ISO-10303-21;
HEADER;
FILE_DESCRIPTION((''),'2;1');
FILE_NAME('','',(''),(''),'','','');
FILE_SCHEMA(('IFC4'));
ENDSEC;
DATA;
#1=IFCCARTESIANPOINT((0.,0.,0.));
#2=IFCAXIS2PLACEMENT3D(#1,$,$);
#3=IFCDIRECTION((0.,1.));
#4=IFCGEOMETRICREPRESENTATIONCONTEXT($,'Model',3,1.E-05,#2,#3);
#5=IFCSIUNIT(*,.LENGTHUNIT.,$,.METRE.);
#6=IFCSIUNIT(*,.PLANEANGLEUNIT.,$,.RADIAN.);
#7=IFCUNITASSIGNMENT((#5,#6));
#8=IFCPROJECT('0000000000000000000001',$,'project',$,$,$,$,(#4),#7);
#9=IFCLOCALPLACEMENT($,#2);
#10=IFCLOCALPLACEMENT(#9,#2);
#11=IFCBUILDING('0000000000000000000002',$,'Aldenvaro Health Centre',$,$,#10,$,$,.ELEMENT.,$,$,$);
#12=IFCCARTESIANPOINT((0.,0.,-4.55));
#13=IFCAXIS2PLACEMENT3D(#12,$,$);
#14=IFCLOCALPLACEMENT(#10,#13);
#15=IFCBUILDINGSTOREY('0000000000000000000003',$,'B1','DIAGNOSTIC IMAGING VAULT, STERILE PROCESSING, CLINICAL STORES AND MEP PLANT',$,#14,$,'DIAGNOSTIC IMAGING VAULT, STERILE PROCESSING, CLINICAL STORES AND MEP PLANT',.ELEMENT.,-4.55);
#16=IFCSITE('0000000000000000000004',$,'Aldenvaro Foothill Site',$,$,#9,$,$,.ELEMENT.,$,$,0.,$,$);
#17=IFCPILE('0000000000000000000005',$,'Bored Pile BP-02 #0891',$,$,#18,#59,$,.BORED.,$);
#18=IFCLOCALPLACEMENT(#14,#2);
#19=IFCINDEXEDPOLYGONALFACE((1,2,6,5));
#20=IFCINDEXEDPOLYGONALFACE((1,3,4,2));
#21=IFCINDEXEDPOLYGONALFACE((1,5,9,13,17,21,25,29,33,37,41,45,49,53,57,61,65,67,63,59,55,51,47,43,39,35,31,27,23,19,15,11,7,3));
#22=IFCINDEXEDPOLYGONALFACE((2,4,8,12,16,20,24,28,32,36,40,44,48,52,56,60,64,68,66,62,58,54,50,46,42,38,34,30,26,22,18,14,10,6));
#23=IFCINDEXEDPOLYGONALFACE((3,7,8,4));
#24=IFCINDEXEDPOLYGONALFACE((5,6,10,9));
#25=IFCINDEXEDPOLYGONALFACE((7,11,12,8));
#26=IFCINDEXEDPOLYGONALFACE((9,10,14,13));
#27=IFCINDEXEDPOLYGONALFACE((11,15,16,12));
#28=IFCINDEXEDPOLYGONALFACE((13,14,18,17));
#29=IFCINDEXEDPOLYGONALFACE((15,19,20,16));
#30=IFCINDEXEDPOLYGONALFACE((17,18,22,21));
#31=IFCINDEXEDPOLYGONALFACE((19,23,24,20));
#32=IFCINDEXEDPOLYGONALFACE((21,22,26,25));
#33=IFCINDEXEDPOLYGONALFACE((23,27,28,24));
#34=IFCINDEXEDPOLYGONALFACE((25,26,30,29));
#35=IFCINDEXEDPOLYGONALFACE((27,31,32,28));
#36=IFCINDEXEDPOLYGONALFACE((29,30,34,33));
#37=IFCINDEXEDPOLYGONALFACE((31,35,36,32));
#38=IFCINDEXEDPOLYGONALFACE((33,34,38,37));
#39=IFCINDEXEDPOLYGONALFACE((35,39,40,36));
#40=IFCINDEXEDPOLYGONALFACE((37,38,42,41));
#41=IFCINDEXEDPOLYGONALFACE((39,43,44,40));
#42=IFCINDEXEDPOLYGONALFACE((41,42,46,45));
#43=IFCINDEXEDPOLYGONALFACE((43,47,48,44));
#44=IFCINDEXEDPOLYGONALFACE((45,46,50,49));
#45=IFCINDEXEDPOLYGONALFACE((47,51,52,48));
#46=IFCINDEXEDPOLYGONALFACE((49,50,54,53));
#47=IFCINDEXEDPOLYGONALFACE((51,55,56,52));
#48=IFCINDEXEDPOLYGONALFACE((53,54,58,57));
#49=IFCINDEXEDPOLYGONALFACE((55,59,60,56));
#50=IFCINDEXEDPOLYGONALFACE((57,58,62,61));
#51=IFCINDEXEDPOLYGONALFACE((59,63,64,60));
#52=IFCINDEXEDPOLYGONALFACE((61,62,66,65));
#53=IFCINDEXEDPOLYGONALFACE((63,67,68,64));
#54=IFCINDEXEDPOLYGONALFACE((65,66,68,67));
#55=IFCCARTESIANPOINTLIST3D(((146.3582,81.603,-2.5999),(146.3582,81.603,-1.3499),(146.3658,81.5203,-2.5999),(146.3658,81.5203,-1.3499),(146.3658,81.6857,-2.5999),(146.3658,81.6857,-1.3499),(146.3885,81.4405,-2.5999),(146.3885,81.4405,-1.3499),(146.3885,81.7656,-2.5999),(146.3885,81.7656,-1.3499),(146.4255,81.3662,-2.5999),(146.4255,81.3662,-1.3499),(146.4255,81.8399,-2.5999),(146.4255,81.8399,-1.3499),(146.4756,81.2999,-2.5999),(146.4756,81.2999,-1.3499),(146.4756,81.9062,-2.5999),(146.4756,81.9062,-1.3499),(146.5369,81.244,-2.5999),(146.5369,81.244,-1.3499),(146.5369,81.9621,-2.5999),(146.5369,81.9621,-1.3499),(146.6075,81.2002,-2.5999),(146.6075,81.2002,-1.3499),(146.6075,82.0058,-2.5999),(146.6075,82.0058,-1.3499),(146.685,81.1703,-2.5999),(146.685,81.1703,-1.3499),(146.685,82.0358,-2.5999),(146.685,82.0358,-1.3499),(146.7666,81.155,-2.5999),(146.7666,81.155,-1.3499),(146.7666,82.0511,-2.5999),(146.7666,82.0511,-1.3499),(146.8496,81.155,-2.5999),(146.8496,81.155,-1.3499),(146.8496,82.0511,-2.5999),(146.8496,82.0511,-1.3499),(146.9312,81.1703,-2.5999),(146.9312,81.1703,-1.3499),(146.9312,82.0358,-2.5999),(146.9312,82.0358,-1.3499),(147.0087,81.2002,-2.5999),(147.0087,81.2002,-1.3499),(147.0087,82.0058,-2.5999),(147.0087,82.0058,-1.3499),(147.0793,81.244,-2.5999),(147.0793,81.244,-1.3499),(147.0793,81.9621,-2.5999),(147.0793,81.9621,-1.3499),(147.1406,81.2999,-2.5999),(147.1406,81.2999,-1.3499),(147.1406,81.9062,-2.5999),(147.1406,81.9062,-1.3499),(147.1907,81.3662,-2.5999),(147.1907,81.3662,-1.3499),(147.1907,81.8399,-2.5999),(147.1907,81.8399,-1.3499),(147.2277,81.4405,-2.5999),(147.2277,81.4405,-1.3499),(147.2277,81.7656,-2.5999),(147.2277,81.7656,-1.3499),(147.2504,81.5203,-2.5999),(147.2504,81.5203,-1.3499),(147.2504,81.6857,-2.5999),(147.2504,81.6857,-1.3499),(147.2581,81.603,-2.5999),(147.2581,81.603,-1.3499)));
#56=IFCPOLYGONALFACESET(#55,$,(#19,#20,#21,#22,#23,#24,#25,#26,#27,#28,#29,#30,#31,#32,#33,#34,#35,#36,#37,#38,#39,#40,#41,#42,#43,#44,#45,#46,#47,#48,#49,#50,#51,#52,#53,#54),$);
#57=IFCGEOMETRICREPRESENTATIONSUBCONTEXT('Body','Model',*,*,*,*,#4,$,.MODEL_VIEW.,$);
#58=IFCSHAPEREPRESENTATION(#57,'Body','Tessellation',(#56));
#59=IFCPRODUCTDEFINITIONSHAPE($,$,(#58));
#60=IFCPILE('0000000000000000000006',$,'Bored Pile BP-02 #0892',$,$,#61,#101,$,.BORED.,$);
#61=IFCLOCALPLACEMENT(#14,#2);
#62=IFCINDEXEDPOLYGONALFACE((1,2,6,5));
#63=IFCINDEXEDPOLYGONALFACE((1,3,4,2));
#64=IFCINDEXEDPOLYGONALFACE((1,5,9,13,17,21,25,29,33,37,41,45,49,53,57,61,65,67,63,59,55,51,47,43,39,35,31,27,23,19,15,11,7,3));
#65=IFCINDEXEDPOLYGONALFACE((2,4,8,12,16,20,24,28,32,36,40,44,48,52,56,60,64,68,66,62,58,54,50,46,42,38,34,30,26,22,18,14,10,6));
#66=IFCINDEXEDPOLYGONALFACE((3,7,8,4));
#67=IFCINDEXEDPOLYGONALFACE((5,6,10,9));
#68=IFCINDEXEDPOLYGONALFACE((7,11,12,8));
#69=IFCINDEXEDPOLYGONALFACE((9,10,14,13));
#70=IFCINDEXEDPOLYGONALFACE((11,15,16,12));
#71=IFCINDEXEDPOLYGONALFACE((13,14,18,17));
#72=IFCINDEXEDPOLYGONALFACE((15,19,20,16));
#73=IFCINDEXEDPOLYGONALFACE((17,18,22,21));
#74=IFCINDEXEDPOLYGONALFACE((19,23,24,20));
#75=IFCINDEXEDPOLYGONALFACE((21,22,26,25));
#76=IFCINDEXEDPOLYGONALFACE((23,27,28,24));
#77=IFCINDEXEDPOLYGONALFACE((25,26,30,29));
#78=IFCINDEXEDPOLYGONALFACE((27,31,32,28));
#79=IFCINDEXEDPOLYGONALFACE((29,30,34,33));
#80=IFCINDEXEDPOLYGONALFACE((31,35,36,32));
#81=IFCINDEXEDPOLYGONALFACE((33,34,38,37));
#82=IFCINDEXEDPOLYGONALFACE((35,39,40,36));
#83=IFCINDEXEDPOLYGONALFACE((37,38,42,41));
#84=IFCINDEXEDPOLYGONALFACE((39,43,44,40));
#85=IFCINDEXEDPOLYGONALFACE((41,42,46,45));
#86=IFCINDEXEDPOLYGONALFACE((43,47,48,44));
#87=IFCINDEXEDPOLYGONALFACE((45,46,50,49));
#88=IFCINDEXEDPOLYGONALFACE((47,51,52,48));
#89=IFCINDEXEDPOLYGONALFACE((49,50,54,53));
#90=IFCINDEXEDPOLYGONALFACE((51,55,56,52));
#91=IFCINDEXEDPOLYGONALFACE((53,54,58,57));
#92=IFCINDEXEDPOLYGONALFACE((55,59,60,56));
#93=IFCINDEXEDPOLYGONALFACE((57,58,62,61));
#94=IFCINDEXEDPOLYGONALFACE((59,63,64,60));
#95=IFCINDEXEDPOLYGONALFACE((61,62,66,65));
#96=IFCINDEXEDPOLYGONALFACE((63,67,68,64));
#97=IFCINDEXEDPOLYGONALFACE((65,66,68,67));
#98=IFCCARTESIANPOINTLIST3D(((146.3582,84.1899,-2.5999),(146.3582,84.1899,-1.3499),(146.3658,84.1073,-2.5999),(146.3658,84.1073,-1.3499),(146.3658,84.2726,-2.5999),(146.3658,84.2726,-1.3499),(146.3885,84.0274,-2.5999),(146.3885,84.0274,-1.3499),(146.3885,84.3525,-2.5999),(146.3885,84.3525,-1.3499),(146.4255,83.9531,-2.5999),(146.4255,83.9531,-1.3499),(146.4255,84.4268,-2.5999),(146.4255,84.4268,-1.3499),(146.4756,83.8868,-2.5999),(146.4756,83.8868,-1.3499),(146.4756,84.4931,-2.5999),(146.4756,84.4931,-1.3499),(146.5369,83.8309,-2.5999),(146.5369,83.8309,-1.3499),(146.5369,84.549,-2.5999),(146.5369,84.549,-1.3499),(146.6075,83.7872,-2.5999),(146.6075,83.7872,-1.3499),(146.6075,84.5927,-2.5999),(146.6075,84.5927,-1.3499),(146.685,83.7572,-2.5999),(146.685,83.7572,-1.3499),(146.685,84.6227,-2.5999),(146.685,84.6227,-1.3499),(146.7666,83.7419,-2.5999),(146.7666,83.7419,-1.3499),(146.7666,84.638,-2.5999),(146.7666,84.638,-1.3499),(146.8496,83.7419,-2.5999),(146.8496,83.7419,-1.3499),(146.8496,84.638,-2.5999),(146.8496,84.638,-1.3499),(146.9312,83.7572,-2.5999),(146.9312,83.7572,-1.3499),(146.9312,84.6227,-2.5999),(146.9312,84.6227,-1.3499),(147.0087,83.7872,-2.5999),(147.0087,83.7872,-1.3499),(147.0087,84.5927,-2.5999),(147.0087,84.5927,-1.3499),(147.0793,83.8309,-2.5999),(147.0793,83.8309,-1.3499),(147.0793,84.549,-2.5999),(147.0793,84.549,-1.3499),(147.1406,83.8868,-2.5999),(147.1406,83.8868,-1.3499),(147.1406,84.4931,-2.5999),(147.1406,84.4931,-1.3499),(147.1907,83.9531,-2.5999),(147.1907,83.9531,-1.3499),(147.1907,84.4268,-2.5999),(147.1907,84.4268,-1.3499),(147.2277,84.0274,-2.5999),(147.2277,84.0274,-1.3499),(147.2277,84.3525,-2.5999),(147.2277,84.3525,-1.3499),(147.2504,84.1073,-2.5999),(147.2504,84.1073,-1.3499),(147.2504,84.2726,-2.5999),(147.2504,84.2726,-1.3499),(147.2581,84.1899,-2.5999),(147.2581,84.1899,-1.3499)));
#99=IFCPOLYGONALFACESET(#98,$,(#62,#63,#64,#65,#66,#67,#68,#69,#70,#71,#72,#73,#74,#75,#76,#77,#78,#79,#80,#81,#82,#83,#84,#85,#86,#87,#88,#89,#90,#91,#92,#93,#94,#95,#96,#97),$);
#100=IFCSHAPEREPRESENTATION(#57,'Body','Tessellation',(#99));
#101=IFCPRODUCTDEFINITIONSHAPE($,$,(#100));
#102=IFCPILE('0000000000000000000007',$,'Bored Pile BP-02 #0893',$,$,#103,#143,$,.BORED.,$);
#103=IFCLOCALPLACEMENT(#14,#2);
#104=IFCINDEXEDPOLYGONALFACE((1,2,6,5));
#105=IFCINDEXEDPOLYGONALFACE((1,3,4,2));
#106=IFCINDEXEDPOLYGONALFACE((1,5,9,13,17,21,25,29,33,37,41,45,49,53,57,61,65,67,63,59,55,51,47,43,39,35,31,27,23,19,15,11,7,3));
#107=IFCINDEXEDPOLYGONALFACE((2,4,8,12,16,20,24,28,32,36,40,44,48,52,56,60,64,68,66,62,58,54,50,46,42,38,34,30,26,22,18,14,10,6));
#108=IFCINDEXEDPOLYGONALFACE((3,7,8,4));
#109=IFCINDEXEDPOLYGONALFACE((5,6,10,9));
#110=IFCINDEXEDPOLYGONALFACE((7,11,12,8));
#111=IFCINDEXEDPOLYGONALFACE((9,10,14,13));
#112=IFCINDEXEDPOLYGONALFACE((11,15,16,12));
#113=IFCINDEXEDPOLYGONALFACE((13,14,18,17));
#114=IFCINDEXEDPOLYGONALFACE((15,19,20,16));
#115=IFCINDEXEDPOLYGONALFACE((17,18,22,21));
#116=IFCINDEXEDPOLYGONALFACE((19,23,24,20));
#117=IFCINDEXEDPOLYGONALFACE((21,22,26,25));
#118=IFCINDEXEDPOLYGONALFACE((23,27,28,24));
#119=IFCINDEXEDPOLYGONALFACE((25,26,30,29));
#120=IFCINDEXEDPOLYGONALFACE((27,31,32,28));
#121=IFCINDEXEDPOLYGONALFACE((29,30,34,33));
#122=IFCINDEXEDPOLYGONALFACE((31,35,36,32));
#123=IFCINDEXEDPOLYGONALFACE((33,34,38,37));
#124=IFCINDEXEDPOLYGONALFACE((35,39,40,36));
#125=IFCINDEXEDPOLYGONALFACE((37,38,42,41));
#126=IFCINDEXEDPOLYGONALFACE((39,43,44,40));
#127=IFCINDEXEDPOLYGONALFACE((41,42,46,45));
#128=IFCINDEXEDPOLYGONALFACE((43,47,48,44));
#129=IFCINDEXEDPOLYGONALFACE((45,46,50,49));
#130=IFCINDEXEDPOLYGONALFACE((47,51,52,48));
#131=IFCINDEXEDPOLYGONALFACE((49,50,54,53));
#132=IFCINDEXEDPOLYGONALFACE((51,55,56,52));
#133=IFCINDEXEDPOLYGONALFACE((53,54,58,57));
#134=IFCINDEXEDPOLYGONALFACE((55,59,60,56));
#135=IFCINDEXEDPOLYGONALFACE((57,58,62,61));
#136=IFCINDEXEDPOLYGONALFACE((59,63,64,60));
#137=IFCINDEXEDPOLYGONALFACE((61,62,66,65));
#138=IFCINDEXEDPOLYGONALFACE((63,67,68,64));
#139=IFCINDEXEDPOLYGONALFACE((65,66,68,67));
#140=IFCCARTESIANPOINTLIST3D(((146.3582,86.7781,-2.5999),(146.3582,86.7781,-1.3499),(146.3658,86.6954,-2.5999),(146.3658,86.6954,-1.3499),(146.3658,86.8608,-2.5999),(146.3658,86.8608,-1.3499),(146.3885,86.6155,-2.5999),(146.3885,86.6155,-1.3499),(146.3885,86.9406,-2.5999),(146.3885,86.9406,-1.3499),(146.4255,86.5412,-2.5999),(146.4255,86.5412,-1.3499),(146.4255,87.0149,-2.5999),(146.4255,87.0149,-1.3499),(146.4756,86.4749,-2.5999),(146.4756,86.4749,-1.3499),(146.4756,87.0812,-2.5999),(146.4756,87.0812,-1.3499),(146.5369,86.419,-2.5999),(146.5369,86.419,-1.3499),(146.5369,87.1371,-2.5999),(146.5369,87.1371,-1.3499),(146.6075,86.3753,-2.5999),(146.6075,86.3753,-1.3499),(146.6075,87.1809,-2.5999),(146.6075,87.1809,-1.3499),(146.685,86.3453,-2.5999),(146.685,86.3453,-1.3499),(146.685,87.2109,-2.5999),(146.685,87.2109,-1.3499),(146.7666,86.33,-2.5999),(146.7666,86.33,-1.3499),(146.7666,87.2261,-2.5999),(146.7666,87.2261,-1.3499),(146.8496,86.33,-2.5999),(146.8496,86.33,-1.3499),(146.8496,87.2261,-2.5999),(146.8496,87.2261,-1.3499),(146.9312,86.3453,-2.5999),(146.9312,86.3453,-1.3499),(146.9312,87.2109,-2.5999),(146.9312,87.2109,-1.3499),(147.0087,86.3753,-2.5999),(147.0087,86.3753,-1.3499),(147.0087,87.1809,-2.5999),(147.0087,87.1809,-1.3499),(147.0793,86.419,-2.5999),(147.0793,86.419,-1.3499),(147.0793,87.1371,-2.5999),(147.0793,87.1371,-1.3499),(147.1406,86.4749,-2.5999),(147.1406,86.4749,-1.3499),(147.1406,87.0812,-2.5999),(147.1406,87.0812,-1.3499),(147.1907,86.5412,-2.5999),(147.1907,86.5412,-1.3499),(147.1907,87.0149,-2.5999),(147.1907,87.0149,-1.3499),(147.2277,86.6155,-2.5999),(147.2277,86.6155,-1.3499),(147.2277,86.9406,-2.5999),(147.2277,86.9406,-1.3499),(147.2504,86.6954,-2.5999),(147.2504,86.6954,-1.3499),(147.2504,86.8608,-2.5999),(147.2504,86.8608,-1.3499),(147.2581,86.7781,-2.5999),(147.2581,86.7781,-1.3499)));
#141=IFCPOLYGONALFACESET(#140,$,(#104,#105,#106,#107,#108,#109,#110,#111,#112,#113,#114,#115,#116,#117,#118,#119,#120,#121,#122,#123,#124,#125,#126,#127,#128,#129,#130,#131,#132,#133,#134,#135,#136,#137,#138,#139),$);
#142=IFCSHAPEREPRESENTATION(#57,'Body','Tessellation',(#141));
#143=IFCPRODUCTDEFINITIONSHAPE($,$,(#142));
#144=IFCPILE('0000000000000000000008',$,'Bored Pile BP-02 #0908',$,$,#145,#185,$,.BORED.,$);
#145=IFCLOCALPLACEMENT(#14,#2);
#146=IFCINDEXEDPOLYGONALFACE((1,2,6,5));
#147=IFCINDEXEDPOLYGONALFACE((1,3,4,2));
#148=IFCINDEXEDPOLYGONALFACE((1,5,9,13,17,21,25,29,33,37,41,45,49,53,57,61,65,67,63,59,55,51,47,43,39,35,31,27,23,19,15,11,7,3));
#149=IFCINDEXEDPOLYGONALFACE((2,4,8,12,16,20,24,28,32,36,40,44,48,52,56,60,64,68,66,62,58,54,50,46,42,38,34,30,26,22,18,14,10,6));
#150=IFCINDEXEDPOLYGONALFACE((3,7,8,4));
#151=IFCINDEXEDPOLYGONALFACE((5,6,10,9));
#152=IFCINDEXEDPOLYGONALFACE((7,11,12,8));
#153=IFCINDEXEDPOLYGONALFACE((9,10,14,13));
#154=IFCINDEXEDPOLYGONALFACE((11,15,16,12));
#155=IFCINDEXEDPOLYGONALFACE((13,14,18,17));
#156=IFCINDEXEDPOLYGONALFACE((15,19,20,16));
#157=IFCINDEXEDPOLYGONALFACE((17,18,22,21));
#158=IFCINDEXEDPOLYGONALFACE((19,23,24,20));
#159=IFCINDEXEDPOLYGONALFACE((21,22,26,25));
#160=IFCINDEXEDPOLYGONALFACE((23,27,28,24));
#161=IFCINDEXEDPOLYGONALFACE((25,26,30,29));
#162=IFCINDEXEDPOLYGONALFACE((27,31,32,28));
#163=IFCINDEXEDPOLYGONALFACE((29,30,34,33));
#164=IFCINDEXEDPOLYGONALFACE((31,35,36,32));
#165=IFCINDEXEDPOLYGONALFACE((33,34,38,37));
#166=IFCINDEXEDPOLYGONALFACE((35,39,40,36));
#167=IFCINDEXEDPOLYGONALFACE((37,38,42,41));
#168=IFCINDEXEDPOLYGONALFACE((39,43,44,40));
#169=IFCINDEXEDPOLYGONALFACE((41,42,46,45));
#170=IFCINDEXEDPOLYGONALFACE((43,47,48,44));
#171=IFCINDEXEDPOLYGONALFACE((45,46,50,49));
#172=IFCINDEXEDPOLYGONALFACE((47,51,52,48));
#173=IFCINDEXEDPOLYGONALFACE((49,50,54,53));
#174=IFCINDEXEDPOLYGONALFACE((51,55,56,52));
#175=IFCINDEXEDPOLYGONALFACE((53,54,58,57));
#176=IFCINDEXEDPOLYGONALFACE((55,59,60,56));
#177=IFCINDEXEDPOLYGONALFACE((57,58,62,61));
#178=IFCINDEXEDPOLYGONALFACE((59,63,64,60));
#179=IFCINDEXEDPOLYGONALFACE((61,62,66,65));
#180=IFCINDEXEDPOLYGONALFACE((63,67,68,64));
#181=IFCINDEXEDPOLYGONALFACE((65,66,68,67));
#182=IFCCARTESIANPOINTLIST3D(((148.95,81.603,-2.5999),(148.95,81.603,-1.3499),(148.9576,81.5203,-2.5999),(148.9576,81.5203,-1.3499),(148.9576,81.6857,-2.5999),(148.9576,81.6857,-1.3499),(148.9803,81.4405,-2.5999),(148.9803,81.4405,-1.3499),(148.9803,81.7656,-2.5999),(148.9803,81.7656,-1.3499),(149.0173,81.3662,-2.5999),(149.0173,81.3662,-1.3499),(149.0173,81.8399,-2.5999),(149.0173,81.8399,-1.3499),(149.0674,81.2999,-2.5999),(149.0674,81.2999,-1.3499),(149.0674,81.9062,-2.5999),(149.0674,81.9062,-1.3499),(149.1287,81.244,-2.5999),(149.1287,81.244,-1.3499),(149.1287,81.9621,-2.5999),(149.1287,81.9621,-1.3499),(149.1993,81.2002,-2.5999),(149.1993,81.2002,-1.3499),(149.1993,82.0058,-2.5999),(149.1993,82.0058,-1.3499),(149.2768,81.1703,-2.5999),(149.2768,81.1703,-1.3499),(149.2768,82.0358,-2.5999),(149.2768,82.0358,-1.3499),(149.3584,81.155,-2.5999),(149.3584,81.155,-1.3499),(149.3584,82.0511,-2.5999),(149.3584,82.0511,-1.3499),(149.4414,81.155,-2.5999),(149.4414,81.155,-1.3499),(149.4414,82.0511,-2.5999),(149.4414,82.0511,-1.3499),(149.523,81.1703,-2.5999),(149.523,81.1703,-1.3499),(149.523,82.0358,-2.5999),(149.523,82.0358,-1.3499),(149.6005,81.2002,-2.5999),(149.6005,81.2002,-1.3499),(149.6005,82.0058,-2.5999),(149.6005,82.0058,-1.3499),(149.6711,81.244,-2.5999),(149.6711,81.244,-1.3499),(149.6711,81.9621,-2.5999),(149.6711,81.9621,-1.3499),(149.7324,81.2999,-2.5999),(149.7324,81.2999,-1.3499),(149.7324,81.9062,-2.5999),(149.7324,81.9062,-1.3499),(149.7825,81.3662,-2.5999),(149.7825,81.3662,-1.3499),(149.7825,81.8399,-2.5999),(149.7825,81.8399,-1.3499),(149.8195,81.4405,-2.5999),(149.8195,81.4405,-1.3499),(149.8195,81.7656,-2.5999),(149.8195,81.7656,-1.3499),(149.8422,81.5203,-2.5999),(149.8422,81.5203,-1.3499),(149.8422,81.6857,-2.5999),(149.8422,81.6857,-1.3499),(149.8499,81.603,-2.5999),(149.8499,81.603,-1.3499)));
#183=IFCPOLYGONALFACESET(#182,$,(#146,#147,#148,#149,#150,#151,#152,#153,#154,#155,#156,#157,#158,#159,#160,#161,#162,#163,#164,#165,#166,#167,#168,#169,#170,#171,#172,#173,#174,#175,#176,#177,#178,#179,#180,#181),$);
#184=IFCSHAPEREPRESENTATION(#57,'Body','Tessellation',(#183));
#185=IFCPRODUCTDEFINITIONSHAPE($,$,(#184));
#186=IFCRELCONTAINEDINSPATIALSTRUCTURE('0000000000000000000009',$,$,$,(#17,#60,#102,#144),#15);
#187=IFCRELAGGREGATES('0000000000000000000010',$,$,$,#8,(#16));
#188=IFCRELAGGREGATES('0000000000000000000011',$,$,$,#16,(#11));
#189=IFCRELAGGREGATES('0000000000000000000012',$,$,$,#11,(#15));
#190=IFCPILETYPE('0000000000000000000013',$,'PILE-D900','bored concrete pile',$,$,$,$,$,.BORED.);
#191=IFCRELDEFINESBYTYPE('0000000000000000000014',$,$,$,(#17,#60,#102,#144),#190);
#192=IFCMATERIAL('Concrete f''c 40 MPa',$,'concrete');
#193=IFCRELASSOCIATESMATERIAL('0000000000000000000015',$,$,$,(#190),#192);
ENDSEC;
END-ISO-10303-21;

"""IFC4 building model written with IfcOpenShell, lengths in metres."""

from ifc_helpers import new_model, si_unit, direction, frame, origin, origin_2d, place, context, subcontext, project, spatial, circle, extrude, material, material_profile, profile_set, type_object, element, save


model = new_model("IFC4")

# Units and contexts
model_context = context("Model", 3, precision=1e-05, world=origin(), true_north=direction((0.0, 1.0)))
body_context = subcontext(model_context, "Body", "Model", "MODEL_VIEW")
ifc_project = project(units=[si_unit("LENGTHUNIT", "METRE"), si_unit("PLANEANGLEUNIT", "RADIAN")], contexts=[model_context])

# Site, building, storey
site_placement = place(None, origin())
site = spatial("IfcSite", under=ifc_project, at=site_placement, Name="Aldenvaro Foothill Site", CompositionType="ELEMENT", RefElevation=0.0)
building_placement = place(site_placement, origin())
building = spatial("IfcBuilding", under=site, at=building_placement, Name="Aldenvaro Health Centre", CompositionType="ELEMENT")
storey_placement = place(building_placement, frame((0.0, 0.0, -4.55)))
storey = spatial("IfcBuildingStorey", under=building, at=storey_placement, Name="B1", Description="DIAGNOSTIC IMAGING VAULT, STERILE PROCESSING, CLINICAL STORES AND MEP PLANT", LongName="DIAGNOSTIC IMAGING VAULT, STERILE PROCESSING, CLINICAL STORES AND MEP PLANT", CompositionType="ELEMENT", Elevation=-4.55)

# Piles
ifc_material_1 = material(Name="Concrete f'c 40 MPa", Category="concrete")
ifc_material_profile_1 = material_profile(ifc_material_1, circle(Radius=0.45, at=origin_2d()), Name="PILE D900", Category="concrete")
ifc_profile_set_1 = profile_set([ifc_material_profile_1], Name="Concrete f'c 40 MPa")
pile_type = type_object("IfcPileType", Name="PILE-D900", Description="bored concrete pile", PredefinedType="BORED", material=ifc_profile_set_1)
for number, where, z_axis, x_axis, name in (
    (1, (146.8081, 81.603, -1.3499), (0.0, 0.0, -1.0), (1.0, 0.0, 0.0), "Bored Pile BP-02 #0891"),
    (2, (146.8081, 84.1899, -1.3499), (0.0, 0.0, -1.0), (1.0, 0.0, 0.0), "Bored Pile BP-02 #0892"),
    (3, (146.8081, 86.7781, -1.3499), (0.0, 0.0, -1.0), (1.0, 0.0, 0.0), "Bored Pile BP-02 #0893"),
    (4, (149.3999, 81.603, -1.3499), (0.0, 0.0, -1.0), (1.0, 0.0, 0.0), "Bored Pile BP-02 #0908"),
):
    element("IfcPile", number, at=place(storey_placement, frame(where, z_axis=z_axis, x_axis=x_axis)), inside=storey, type_object=pile_type, Name=name, PredefinedType="BORED", context=body_context, shape_type="SweptSolid", body=[
        extrude(circle(Radius=0.45, at=origin_2d()), origin(), (0.0, 0.0, 1.0), 1.25),
    ])

save(model, "model.ifc")
